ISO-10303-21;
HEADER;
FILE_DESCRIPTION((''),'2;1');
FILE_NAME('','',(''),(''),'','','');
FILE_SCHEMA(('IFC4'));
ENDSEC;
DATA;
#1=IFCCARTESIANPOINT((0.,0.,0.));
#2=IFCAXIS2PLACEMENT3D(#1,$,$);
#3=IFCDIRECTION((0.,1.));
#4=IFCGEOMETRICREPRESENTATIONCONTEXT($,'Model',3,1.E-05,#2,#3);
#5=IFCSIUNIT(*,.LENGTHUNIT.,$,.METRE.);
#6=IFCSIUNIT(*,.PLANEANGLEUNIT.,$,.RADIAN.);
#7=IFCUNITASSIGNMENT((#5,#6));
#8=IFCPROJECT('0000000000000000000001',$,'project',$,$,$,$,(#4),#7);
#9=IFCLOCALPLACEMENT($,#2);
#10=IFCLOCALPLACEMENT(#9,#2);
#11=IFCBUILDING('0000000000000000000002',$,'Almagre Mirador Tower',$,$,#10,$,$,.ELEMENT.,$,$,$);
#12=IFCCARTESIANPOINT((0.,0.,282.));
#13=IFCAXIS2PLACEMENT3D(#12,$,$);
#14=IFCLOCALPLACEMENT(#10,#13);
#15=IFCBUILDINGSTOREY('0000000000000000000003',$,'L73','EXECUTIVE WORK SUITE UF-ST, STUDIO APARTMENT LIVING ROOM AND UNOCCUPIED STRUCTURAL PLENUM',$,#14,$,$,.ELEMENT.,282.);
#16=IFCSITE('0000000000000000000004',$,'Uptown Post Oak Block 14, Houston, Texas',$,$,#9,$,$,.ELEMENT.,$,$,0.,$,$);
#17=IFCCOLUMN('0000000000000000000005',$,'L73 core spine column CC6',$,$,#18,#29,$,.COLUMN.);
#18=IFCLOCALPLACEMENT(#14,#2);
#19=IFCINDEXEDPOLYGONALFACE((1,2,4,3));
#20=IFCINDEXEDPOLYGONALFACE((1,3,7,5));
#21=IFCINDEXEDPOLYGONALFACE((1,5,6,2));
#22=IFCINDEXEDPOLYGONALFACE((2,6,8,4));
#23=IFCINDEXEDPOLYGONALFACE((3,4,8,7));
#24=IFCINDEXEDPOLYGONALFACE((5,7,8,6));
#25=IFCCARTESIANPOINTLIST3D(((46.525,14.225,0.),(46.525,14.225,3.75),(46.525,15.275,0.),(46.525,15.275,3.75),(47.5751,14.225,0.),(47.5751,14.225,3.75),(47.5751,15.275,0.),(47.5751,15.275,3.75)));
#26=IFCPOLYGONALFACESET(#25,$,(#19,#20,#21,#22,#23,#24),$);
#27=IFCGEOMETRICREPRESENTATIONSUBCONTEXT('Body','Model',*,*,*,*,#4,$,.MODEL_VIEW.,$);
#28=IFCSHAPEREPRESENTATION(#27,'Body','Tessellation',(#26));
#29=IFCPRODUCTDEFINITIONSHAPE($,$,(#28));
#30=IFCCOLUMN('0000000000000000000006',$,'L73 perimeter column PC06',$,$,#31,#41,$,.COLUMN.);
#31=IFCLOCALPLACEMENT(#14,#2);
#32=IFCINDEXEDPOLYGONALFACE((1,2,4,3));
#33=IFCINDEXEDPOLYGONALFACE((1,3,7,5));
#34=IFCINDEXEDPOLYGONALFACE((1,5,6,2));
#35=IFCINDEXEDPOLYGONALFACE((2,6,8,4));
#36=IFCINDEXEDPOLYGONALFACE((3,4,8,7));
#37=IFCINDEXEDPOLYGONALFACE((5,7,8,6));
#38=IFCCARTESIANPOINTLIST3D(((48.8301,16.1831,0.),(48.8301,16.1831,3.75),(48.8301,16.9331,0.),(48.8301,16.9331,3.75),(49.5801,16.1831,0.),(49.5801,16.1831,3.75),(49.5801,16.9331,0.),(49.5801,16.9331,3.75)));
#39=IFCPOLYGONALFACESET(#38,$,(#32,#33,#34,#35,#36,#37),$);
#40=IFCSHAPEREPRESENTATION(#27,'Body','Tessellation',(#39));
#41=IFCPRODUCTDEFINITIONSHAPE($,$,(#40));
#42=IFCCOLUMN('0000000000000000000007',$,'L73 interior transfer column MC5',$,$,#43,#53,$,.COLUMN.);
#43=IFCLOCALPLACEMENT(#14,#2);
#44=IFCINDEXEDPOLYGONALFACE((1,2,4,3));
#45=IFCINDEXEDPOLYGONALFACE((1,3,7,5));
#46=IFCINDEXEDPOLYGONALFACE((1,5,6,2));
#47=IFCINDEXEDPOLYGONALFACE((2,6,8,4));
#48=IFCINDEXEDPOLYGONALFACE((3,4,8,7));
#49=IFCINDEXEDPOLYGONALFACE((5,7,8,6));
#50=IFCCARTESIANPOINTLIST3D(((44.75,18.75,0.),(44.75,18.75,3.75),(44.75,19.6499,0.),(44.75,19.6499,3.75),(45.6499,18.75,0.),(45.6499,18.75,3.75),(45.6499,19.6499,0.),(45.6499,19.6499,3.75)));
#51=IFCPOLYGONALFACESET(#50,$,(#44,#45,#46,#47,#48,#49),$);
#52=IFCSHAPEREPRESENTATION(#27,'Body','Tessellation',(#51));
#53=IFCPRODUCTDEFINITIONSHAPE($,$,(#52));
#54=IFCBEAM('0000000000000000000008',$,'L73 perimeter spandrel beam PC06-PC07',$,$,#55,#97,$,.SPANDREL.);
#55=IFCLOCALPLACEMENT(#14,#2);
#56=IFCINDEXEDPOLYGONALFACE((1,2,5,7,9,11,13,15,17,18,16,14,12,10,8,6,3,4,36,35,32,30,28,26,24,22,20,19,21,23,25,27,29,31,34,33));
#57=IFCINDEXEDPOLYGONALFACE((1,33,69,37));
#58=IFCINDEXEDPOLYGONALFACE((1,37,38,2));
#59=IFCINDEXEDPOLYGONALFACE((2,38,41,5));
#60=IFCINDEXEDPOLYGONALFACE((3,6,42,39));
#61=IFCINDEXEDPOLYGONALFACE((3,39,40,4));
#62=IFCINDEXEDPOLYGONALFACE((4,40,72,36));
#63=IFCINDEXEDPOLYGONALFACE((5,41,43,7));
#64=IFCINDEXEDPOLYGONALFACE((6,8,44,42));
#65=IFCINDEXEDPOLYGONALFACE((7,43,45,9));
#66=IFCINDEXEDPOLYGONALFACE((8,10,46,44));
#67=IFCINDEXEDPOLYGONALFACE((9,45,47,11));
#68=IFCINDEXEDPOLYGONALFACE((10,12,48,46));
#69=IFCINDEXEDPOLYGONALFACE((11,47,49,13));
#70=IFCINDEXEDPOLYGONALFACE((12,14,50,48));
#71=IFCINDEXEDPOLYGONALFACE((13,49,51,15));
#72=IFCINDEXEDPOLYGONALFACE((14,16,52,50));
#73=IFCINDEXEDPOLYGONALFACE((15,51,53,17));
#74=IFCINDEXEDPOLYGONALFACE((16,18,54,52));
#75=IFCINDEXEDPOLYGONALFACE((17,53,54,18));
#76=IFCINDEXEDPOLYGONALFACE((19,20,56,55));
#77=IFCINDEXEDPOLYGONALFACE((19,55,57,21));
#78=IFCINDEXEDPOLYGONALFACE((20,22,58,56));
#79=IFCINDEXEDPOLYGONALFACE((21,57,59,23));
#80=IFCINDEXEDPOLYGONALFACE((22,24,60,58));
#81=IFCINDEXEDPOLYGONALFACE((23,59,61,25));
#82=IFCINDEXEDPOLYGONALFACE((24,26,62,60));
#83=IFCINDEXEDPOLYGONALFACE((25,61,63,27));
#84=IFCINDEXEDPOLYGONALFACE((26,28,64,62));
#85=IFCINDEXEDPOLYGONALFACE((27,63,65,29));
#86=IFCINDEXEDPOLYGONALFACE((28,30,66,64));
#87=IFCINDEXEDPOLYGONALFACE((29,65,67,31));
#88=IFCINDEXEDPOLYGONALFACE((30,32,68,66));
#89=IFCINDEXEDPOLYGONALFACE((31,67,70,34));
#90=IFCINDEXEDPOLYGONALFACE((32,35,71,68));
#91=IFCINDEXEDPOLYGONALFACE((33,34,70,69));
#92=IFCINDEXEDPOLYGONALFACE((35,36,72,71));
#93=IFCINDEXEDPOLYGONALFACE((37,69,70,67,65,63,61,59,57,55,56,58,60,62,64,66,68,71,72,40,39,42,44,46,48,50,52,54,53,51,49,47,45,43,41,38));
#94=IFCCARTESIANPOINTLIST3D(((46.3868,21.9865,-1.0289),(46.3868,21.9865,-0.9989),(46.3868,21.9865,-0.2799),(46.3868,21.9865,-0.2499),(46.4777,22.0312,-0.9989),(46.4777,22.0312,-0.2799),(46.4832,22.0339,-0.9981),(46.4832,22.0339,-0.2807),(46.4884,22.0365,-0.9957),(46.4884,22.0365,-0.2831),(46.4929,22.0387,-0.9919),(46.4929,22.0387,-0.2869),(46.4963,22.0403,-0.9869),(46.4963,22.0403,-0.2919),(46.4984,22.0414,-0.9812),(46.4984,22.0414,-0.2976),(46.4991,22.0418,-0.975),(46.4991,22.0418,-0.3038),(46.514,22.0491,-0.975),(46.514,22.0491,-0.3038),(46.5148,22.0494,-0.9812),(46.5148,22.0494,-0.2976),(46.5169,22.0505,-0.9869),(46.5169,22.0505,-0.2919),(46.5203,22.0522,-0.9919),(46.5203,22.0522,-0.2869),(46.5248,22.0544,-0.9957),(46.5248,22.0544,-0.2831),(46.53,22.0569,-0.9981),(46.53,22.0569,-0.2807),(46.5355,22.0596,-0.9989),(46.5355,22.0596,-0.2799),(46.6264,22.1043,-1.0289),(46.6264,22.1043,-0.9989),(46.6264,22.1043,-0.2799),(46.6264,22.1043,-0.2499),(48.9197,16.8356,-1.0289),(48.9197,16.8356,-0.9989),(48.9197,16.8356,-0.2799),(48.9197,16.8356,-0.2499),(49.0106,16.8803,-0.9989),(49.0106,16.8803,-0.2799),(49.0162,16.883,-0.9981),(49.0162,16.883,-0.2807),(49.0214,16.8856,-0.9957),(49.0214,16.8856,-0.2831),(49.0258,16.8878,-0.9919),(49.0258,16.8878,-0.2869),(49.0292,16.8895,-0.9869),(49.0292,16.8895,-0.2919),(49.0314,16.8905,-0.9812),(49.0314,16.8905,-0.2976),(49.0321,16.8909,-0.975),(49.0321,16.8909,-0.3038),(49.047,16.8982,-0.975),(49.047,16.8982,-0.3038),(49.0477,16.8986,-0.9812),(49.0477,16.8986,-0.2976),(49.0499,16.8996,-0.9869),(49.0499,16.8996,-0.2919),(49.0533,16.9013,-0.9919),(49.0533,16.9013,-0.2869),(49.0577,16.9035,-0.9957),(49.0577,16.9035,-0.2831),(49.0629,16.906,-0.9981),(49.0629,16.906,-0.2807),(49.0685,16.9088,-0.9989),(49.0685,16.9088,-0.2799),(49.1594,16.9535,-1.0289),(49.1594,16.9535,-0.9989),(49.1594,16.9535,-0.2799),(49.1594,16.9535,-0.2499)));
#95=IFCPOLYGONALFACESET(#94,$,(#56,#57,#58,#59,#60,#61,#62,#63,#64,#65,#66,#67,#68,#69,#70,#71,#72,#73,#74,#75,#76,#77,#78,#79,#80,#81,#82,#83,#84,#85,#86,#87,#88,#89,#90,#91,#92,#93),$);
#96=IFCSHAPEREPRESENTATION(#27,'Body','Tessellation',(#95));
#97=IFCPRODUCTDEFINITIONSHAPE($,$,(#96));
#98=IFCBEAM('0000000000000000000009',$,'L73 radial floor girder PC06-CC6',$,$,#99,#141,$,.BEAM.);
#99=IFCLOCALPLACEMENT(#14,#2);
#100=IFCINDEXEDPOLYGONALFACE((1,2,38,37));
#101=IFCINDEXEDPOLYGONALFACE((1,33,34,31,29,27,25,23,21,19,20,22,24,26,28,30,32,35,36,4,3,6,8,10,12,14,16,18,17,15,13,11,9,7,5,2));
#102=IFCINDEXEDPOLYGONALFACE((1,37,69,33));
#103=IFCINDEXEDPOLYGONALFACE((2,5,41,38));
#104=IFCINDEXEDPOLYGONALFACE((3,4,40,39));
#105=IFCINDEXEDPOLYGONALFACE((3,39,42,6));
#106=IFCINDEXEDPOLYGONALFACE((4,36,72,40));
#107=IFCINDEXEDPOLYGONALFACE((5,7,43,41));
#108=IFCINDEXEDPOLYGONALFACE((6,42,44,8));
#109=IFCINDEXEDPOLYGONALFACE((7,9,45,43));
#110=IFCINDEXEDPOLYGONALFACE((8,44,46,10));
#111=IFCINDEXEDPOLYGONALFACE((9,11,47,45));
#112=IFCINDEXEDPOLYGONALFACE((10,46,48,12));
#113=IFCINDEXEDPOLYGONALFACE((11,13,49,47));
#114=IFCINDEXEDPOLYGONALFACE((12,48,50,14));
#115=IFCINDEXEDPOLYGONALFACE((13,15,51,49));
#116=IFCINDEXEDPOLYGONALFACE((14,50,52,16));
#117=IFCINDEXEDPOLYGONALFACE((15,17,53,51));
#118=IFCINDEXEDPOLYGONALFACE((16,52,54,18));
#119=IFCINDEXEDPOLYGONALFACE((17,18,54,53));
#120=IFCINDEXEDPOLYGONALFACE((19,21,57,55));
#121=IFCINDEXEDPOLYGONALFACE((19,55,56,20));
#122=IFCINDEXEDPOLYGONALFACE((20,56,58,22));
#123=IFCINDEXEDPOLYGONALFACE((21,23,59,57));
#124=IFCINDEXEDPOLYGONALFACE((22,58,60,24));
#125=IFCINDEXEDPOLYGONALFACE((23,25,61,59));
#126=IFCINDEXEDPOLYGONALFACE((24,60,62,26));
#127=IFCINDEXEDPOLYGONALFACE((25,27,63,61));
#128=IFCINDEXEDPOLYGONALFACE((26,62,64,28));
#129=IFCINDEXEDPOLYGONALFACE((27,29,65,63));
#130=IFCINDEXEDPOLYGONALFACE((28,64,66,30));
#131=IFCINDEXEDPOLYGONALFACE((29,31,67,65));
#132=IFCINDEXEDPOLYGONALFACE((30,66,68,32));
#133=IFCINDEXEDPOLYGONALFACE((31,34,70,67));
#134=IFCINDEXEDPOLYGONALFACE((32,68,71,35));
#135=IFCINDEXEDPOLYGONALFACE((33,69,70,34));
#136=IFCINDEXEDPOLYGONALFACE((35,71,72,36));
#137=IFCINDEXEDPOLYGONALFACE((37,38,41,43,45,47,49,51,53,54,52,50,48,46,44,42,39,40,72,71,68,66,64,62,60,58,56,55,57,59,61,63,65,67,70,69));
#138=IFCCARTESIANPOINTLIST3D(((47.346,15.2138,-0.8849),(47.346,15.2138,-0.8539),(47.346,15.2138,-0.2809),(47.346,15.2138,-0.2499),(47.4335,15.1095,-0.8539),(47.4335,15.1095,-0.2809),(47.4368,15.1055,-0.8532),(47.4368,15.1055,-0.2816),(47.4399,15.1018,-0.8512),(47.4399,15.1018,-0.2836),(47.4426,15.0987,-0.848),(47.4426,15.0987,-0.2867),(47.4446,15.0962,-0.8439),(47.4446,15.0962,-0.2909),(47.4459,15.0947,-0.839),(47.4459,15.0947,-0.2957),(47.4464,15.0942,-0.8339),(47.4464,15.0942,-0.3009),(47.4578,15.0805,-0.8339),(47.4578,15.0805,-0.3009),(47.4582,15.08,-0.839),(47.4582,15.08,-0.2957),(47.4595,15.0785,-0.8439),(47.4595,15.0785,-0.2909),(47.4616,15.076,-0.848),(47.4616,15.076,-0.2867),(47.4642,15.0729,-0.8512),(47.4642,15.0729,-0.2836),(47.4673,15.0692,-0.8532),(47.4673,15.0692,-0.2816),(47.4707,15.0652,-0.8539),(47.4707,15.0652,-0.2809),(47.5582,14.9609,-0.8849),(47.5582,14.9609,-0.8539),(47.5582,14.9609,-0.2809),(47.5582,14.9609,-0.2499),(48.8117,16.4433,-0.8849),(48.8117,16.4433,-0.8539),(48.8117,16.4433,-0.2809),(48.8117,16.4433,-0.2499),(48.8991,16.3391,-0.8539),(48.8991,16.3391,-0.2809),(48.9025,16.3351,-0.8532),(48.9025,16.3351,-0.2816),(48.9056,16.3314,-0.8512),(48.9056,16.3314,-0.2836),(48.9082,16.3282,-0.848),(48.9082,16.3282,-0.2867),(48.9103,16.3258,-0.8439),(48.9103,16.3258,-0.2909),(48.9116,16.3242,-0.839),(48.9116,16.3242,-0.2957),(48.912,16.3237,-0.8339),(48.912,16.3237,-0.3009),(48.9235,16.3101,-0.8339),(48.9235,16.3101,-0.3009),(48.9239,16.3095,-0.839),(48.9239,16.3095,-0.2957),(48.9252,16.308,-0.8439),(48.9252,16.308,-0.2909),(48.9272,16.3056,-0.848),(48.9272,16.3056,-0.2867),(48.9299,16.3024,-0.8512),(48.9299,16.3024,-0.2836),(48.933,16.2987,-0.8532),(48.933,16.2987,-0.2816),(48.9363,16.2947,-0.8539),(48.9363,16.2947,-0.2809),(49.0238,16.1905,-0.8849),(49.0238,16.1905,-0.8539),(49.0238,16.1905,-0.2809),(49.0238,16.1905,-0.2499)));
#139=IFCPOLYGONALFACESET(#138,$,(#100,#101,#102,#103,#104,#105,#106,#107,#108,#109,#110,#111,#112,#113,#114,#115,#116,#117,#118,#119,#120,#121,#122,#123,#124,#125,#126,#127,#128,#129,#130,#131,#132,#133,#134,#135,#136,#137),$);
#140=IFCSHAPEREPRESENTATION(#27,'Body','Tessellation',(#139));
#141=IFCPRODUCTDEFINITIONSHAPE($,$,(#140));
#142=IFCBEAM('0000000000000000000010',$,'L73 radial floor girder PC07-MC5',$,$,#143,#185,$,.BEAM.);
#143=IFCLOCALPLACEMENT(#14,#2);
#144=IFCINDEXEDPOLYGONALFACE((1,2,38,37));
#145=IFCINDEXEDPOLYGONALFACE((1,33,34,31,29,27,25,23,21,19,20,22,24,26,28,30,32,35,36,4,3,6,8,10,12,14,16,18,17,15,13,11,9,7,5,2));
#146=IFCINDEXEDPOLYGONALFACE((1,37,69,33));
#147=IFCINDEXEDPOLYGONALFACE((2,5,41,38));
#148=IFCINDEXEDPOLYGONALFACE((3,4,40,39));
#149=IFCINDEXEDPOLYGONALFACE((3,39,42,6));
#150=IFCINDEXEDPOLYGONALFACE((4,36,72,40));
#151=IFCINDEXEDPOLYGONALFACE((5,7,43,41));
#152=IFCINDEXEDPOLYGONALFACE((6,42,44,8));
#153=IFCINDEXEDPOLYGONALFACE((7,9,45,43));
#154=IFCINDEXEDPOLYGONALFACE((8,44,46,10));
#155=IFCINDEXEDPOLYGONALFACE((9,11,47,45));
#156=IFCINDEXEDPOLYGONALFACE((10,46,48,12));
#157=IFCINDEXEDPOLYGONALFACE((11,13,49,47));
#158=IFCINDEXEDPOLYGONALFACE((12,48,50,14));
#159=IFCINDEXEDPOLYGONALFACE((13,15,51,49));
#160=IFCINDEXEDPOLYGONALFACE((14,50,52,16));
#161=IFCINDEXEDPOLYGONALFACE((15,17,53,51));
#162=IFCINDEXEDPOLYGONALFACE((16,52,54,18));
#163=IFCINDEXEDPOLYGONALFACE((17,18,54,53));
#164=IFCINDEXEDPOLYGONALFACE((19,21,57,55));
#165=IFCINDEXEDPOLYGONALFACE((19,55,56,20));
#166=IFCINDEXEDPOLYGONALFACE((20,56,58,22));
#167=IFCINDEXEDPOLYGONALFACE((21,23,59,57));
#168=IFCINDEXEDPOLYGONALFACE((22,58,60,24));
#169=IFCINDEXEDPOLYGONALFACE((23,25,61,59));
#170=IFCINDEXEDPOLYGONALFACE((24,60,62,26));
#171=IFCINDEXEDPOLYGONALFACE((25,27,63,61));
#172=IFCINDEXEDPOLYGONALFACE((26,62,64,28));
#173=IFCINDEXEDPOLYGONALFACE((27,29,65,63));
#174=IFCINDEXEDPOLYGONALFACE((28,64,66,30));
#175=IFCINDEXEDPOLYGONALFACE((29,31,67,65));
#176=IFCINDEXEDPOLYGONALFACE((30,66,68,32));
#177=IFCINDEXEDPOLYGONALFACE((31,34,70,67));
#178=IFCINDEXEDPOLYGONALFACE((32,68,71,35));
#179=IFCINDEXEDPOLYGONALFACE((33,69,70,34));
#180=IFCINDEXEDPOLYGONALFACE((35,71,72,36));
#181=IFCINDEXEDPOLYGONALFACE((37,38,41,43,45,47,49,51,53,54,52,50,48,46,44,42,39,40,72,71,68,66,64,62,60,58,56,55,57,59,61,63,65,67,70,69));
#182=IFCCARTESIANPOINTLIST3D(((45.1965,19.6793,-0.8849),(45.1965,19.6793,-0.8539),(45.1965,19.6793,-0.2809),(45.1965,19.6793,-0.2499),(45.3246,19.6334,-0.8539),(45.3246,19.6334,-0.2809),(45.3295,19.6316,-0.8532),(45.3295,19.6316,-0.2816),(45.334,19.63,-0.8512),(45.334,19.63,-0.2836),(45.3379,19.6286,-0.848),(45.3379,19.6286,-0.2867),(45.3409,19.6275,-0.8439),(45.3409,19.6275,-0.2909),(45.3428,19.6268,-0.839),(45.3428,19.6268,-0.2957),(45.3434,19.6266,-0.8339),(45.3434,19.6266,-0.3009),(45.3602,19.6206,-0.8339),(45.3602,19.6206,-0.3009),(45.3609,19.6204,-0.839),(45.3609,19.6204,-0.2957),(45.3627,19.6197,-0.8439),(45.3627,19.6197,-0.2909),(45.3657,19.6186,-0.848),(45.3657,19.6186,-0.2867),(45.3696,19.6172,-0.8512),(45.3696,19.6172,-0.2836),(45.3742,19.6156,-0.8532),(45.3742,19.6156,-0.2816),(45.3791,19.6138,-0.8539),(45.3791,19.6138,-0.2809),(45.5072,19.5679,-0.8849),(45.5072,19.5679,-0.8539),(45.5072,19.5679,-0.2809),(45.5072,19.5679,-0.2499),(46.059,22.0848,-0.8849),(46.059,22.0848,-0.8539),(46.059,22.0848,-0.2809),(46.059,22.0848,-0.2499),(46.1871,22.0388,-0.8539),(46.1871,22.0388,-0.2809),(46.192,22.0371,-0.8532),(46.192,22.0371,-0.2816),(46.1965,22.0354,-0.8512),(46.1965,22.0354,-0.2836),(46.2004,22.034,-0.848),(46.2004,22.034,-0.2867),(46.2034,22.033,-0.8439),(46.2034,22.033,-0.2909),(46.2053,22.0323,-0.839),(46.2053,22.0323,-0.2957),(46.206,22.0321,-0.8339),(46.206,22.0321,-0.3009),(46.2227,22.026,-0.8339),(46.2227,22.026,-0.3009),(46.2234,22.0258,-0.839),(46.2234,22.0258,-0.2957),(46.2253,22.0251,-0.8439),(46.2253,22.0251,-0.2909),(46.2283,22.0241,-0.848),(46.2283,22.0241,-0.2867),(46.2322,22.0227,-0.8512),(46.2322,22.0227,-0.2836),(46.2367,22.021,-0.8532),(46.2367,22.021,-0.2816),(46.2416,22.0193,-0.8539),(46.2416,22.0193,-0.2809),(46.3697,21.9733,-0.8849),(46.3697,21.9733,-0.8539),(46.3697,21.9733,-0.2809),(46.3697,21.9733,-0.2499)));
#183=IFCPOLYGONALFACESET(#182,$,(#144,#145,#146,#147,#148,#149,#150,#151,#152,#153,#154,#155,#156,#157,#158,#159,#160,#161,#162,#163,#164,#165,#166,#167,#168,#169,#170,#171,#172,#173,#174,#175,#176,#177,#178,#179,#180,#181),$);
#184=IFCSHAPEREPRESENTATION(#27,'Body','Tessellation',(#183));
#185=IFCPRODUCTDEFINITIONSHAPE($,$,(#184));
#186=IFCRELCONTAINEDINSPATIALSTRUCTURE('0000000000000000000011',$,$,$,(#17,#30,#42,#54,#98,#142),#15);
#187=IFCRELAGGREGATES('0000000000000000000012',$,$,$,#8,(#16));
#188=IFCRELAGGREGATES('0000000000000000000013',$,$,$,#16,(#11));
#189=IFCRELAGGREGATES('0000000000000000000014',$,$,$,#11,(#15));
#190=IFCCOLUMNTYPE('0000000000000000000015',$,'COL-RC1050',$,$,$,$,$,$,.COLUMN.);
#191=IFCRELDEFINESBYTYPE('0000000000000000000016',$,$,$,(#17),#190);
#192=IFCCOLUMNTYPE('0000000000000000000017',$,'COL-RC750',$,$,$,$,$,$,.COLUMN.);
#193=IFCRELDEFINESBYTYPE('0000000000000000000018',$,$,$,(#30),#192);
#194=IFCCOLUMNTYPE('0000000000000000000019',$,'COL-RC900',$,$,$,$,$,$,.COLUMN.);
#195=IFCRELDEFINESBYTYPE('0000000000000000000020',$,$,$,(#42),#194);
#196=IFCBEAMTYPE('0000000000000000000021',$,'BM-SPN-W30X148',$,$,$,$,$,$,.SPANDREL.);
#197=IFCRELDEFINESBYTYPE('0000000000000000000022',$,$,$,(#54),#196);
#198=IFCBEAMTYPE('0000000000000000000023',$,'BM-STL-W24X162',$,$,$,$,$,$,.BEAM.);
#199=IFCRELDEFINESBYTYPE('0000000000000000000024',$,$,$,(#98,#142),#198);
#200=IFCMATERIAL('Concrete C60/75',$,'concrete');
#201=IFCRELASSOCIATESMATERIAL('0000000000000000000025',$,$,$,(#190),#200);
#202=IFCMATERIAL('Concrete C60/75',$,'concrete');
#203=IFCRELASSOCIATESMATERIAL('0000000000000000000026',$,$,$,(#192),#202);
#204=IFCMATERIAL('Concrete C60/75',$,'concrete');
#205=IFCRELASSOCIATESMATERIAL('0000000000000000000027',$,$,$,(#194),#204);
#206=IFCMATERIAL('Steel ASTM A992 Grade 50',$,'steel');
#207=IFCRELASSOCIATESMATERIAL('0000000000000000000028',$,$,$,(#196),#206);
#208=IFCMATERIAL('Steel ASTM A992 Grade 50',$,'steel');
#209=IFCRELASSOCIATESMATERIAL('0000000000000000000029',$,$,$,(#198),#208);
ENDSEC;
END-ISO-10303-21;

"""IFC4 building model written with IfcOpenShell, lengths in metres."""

from ifc_helpers import new_model, si_unit, direction, frame, origin, origin_2d, place, context, subcontext, project, spatial, rectangle, i_section, extrude, material, material_profile, profile_set, type_object, element, save


model = new_model("IFC4")

# Units and contexts
model_context = context("Model", 3, precision=1e-05, world=origin(), true_north=direction((0.0, 1.0)))
body_context = subcontext(model_context, "Body", "Model", "MODEL_VIEW")
ifc_project = project(units=[si_unit("LENGTHUNIT", "METRE"), si_unit("PLANEANGLEUNIT", "RADIAN")], contexts=[model_context])

# Site, building, storey
site_placement = place(None, origin())
site = spatial("IfcSite", under=ifc_project, at=site_placement, Name="Uptown Post Oak Block 14, Houston, Texas", CompositionType="ELEMENT", RefElevation=0.0)
building_placement = place(site_placement, origin())
building = spatial("IfcBuilding", under=site, at=building_placement, Name="Almagre Mirador Tower", CompositionType="ELEMENT")
storey_placement = place(building_placement, frame((0.0, 0.0, 282.0)))
storey = spatial("IfcBuildingStorey", under=building, at=storey_placement, Name="L73", Description="EXECUTIVE WORK SUITE UF-ST, STUDIO APARTMENT LIVING ROOM AND UNOCCUPIED STRUCTURAL PLENUM", CompositionType="ELEMENT", Elevation=282.0)

# Columns
ifc_material_1 = material(Name="Concrete C60/75", Category="concrete")
ifc_material_profile_1 = material_profile(ifc_material_1, rectangle(XDim=1.05, YDim=1.05, at=origin_2d()), Name="RC1050X1050")
ifc_profile_set_1 = profile_set([ifc_material_profile_1], Name="Concrete C60/75")
column_type_1 = type_object("IfcColumnType", Name="COL-RC1050", PredefinedType="COLUMN", material=ifc_profile_set_1)
column_1_placement = place(storey_placement, frame((47.05, 14.75, 0.0), z_axis=(0.0, 0.0, 1.0), x_axis=(1.0, 0.0, 0.0)))
element("IfcColumn", 1, at=column_1_placement, inside=storey, type_object=column_type_1, Name="L73 core spine column CC6", PredefinedType="COLUMN", context=body_context, shape_type="SweptSolid", body=[
    extrude(rectangle(XDim=1.05, YDim=1.05, at=origin_2d()), origin(), (0.0, 0.0, 1.0), 3.75),
])
ifc_material_2 = material(Name="Concrete C60/75", Category="concrete")
ifc_material_profile_2 = material_profile(ifc_material_2, rectangle(XDim=0.75, YDim=0.75, at=origin_2d()), Name="RC750X750")
ifc_profile_set_2 = profile_set([ifc_material_profile_2], Name="Concrete C60/75")
column_type_2 = type_object("IfcColumnType", Name="COL-RC750", PredefinedType="COLUMN", material=ifc_profile_set_2)
column_2_placement = place(storey_placement, frame((49.2051, 16.5581, 0.0), z_axis=(0.0, 0.0, 1.0), x_axis=(1.0, 0.0, 0.0)))
element("IfcColumn", 2, at=column_2_placement, inside=storey, type_object=column_type_2, Name="L73 perimeter column PC06", PredefinedType="COLUMN", context=body_context, shape_type="SweptSolid", body=[
    extrude(rectangle(XDim=0.75, YDim=0.75, at=origin_2d()), origin(), (0.0, 0.0, 1.0), 3.75),
])
ifc_material_3 = material(Name="Concrete C60/75", Category="concrete")
ifc_material_profile_3 = material_profile(ifc_material_3, rectangle(XDim=0.8999, YDim=0.8999, at=origin_2d()), Name="RC900X900")
ifc_profile_set_3 = profile_set([ifc_material_profile_3], Name="Concrete C60/75")
column_type_3 = type_object("IfcColumnType", Name="COL-RC900", PredefinedType="COLUMN", material=ifc_profile_set_3)
column_3_placement = place(storey_placement, frame((45.2, 19.2, 0.0), z_axis=(0.0, 0.0, 1.0), x_axis=(1.0, 0.0, 0.0)))
element("IfcColumn", 3, at=column_3_placement, inside=storey, type_object=column_type_3, Name="L73 interior transfer column MC5", PredefinedType="COLUMN", context=body_context, shape_type="SweptSolid", body=[
    extrude(rectangle(XDim=0.8999, YDim=0.8999, at=origin_2d()), origin(), (0.0, 0.0, 1.0), 3.75),
])

# Beams
ifc_material_4 = material(Name="Steel ASTM A992 Grade 50", Category="steel")
ifc_material_profile_4 = material_profile(ifc_material_4, i_section(OverallWidth=0.2671, OverallDepth=0.7791, WebThickness=0.0166, FlangeThickness=0.03, FilletRadius=0.0239, at=origin_2d()), Name="W30X148")
ifc_profile_set_4 = profile_set([ifc_material_profile_4], Name="Steel ASTM A992 Grade 50")
beam_type_1 = type_object("IfcBeamType", Name="BM-SPN-W30X148", PredefinedType="SPANDREL", material=ifc_profile_set_4)
beam_1_placement = place(storey_placement, frame((49.0396, 16.8945, -0.6394), z_axis=(-0.441283, 0.897368, 0.0), x_axis=(-0.897368, -0.441283, 0.0)))
element("IfcBeam", 4, at=beam_1_placement, inside=storey, type_object=beam_type_1, Name="L73 perimeter spandrel beam PC06-PC07", PredefinedType="SPANDREL", context=body_context, shape_type="SweptSolid", body=[
    extrude(i_section(OverallWidth=0.2671, OverallDepth=0.7791, WebThickness=0.0166, FlangeThickness=0.03, FilletRadius=0.0239, at=origin_2d()), origin(), (0.0, 0.0, 1.0), 5.74),
])
ifc_material_5 = material(Name="Steel ASTM A992 Grade 50", Category="steel")
ifc_material_profile_5 = material_profile(ifc_material_5, i_section(OverallWidth=0.3301, OverallDepth=0.635, WebThickness=0.0178, FlangeThickness=0.031, FilletRadius=0.02, at=origin_2d()), Name="W24X162")
ifc_profile_set_5 = profile_set([ifc_material_profile_5], Name="Steel ASTM A992 Grade 50")
beam_type_2 = type_object("IfcBeamType", Name="BM-STL-W24X162", PredefinedType="BEAM", material=ifc_profile_set_5)
beam_2_placement = place(storey_placement, frame((48.9177, 16.3169, -0.5674), z_axis=(-0.766115, -0.642704, 0.0), x_axis=(0.642704, -0.766115, 0.0)))
element("IfcBeam", 5, at=beam_2_placement, inside=storey, type_object=beam_type_2, Name="L73 radial floor girder PC06-CC6", PredefinedType="BEAM", context=body_context, shape_type="SweptSolid", body=[
    extrude(i_section(OverallWidth=0.3301, OverallDepth=0.635, WebThickness=0.0178, FlangeThickness=0.031, FilletRadius=0.02, at=origin_2d()), origin(), (0.0, 0.0, 1.0), 1.9131),
])
beam_3_placement = place(storey_placement, frame((46.2144, 22.0291, -0.5674), z_axis=(-0.337528, -0.941315, 0.0), x_axis=(0.941315, -0.337528, 0.0)))
element("IfcBeam", 6, at=beam_3_placement, inside=storey, type_object=beam_type_2, Name="L73 radial floor girder PC07-MC5", PredefinedType="BEAM", context=body_context, shape_type="SweptSolid", body=[
    extrude(i_section(OverallWidth=0.3301, OverallDepth=0.635, WebThickness=0.0178, FlangeThickness=0.031, FilletRadius=0.02, at=origin_2d()), origin(), (0.0, 0.0, 1.0), 2.5554),
])

save(model, "model.ifc")
